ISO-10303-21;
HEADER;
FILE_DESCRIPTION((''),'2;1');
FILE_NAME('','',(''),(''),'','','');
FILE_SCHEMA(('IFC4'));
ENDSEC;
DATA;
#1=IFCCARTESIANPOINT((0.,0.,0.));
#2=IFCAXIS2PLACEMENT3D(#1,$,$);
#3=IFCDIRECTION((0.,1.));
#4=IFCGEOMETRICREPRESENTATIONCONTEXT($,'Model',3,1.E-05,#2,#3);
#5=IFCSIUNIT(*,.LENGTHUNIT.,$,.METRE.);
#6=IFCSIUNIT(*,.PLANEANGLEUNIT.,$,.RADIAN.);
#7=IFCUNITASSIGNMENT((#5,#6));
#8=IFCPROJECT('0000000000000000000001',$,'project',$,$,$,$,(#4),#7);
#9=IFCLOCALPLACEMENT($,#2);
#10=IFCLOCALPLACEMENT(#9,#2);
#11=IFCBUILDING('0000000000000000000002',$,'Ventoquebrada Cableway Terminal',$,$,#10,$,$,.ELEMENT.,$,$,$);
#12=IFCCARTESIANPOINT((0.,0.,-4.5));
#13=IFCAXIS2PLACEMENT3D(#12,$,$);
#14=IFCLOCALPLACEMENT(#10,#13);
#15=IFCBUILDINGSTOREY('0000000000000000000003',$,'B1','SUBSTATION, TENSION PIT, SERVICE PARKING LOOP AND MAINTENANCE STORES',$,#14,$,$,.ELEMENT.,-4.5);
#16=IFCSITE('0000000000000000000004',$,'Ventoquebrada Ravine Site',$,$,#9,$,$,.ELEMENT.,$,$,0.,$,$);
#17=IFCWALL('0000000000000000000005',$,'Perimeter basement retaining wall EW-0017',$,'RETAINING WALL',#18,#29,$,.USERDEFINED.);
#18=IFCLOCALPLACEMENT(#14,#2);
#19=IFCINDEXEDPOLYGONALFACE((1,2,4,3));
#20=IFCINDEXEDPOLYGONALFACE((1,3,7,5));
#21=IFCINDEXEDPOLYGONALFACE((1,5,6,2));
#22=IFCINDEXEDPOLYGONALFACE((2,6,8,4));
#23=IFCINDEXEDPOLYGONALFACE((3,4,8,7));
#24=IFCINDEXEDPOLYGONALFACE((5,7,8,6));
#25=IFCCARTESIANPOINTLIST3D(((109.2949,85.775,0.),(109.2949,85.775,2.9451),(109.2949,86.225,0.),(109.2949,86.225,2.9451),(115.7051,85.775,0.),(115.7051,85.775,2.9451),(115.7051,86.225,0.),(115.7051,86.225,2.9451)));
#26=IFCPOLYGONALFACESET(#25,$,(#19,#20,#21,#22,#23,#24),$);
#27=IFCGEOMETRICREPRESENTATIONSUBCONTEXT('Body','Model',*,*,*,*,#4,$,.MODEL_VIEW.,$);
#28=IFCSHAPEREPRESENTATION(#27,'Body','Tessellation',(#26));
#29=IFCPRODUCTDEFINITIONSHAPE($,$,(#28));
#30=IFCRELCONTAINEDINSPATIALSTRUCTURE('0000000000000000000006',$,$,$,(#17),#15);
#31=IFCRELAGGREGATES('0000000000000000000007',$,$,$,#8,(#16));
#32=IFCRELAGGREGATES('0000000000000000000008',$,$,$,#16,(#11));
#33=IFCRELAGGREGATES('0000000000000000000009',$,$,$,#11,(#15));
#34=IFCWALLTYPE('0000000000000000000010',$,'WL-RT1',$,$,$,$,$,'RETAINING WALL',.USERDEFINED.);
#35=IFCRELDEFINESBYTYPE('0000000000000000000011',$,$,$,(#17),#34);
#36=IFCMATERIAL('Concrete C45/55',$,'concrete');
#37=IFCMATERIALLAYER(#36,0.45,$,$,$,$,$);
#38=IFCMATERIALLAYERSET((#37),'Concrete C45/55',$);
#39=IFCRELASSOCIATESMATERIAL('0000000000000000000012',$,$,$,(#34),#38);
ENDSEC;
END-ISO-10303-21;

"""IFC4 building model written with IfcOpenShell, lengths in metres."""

from ifc_helpers import new_model, si_unit, direction, frame, frame_2d, origin, place, context, subcontext, project, spatial, rectangle, extrude, material, layer, layer_set, type_object, element, save


model = new_model("IFC4")

# Units and contexts
model_context = context("Model", 3, precision=1e-05, world=origin(), true_north=direction((0.0, 1.0)))
body_context = subcontext(model_context, "Body", "Model", "MODEL_VIEW")
ifc_project = project(units=[si_unit("LENGTHUNIT", "METRE"), si_unit("PLANEANGLEUNIT", "RADIAN")], contexts=[model_context])

# Site, building, storey
site_placement = place(None, origin())
site = spatial("IfcSite", under=ifc_project, at=site_placement, Name="Ventoquebrada Ravine Site", CompositionType="ELEMENT", RefElevation=0.0)
building_placement = place(site_placement, origin())
building = spatial("IfcBuilding", under=site, at=building_placement, Name="Ventoquebrada Cableway Terminal", CompositionType="ELEMENT")
storey_placement = place(building_placement, frame((0.0, 0.0, -4.5)))
storey = spatial("IfcBuildingStorey", under=building, at=storey_placement, Name="B1", Description="SUBSTATION, TENSION PIT, SERVICE PARKING LOOP AND MAINTENANCE STORES", CompositionType="ELEMENT", Elevation=-4.5)

# Wall
ifc_material_1 = material(Name="Concrete C45/55", Category="concrete")
ifc_layer = layer(ifc_material_1, 0.45)
ifc_layer_set = layer_set([ifc_layer], Name="Concrete C45/55")
wall_type = type_object("IfcWallType", Name="WL-RT1", ElementType="RETAINING WALL", PredefinedType="USERDEFINED", material=ifc_layer_set)
wall_placement = place(storey_placement, frame((109.2949, 86.0, 0.0), z_axis=(0.0, 0.0, 1.0), x_axis=(1.0, 0.0, 0.0)))
element("IfcWall", 1, at=wall_placement, inside=storey, type_object=wall_type, Name="Perimeter basement retaining wall EW-0017", ObjectType="RETAINING WALL", PredefinedType="USERDEFINED", context=body_context, shape_type="SweptSolid", body=[
    extrude(rectangle(XDim=6.4102, YDim=0.45, at=frame_2d((3.2051, 0.0))), origin(), (0.0, 0.0, 1.0), 2.9451),
])

save(model, "model.ifc")
